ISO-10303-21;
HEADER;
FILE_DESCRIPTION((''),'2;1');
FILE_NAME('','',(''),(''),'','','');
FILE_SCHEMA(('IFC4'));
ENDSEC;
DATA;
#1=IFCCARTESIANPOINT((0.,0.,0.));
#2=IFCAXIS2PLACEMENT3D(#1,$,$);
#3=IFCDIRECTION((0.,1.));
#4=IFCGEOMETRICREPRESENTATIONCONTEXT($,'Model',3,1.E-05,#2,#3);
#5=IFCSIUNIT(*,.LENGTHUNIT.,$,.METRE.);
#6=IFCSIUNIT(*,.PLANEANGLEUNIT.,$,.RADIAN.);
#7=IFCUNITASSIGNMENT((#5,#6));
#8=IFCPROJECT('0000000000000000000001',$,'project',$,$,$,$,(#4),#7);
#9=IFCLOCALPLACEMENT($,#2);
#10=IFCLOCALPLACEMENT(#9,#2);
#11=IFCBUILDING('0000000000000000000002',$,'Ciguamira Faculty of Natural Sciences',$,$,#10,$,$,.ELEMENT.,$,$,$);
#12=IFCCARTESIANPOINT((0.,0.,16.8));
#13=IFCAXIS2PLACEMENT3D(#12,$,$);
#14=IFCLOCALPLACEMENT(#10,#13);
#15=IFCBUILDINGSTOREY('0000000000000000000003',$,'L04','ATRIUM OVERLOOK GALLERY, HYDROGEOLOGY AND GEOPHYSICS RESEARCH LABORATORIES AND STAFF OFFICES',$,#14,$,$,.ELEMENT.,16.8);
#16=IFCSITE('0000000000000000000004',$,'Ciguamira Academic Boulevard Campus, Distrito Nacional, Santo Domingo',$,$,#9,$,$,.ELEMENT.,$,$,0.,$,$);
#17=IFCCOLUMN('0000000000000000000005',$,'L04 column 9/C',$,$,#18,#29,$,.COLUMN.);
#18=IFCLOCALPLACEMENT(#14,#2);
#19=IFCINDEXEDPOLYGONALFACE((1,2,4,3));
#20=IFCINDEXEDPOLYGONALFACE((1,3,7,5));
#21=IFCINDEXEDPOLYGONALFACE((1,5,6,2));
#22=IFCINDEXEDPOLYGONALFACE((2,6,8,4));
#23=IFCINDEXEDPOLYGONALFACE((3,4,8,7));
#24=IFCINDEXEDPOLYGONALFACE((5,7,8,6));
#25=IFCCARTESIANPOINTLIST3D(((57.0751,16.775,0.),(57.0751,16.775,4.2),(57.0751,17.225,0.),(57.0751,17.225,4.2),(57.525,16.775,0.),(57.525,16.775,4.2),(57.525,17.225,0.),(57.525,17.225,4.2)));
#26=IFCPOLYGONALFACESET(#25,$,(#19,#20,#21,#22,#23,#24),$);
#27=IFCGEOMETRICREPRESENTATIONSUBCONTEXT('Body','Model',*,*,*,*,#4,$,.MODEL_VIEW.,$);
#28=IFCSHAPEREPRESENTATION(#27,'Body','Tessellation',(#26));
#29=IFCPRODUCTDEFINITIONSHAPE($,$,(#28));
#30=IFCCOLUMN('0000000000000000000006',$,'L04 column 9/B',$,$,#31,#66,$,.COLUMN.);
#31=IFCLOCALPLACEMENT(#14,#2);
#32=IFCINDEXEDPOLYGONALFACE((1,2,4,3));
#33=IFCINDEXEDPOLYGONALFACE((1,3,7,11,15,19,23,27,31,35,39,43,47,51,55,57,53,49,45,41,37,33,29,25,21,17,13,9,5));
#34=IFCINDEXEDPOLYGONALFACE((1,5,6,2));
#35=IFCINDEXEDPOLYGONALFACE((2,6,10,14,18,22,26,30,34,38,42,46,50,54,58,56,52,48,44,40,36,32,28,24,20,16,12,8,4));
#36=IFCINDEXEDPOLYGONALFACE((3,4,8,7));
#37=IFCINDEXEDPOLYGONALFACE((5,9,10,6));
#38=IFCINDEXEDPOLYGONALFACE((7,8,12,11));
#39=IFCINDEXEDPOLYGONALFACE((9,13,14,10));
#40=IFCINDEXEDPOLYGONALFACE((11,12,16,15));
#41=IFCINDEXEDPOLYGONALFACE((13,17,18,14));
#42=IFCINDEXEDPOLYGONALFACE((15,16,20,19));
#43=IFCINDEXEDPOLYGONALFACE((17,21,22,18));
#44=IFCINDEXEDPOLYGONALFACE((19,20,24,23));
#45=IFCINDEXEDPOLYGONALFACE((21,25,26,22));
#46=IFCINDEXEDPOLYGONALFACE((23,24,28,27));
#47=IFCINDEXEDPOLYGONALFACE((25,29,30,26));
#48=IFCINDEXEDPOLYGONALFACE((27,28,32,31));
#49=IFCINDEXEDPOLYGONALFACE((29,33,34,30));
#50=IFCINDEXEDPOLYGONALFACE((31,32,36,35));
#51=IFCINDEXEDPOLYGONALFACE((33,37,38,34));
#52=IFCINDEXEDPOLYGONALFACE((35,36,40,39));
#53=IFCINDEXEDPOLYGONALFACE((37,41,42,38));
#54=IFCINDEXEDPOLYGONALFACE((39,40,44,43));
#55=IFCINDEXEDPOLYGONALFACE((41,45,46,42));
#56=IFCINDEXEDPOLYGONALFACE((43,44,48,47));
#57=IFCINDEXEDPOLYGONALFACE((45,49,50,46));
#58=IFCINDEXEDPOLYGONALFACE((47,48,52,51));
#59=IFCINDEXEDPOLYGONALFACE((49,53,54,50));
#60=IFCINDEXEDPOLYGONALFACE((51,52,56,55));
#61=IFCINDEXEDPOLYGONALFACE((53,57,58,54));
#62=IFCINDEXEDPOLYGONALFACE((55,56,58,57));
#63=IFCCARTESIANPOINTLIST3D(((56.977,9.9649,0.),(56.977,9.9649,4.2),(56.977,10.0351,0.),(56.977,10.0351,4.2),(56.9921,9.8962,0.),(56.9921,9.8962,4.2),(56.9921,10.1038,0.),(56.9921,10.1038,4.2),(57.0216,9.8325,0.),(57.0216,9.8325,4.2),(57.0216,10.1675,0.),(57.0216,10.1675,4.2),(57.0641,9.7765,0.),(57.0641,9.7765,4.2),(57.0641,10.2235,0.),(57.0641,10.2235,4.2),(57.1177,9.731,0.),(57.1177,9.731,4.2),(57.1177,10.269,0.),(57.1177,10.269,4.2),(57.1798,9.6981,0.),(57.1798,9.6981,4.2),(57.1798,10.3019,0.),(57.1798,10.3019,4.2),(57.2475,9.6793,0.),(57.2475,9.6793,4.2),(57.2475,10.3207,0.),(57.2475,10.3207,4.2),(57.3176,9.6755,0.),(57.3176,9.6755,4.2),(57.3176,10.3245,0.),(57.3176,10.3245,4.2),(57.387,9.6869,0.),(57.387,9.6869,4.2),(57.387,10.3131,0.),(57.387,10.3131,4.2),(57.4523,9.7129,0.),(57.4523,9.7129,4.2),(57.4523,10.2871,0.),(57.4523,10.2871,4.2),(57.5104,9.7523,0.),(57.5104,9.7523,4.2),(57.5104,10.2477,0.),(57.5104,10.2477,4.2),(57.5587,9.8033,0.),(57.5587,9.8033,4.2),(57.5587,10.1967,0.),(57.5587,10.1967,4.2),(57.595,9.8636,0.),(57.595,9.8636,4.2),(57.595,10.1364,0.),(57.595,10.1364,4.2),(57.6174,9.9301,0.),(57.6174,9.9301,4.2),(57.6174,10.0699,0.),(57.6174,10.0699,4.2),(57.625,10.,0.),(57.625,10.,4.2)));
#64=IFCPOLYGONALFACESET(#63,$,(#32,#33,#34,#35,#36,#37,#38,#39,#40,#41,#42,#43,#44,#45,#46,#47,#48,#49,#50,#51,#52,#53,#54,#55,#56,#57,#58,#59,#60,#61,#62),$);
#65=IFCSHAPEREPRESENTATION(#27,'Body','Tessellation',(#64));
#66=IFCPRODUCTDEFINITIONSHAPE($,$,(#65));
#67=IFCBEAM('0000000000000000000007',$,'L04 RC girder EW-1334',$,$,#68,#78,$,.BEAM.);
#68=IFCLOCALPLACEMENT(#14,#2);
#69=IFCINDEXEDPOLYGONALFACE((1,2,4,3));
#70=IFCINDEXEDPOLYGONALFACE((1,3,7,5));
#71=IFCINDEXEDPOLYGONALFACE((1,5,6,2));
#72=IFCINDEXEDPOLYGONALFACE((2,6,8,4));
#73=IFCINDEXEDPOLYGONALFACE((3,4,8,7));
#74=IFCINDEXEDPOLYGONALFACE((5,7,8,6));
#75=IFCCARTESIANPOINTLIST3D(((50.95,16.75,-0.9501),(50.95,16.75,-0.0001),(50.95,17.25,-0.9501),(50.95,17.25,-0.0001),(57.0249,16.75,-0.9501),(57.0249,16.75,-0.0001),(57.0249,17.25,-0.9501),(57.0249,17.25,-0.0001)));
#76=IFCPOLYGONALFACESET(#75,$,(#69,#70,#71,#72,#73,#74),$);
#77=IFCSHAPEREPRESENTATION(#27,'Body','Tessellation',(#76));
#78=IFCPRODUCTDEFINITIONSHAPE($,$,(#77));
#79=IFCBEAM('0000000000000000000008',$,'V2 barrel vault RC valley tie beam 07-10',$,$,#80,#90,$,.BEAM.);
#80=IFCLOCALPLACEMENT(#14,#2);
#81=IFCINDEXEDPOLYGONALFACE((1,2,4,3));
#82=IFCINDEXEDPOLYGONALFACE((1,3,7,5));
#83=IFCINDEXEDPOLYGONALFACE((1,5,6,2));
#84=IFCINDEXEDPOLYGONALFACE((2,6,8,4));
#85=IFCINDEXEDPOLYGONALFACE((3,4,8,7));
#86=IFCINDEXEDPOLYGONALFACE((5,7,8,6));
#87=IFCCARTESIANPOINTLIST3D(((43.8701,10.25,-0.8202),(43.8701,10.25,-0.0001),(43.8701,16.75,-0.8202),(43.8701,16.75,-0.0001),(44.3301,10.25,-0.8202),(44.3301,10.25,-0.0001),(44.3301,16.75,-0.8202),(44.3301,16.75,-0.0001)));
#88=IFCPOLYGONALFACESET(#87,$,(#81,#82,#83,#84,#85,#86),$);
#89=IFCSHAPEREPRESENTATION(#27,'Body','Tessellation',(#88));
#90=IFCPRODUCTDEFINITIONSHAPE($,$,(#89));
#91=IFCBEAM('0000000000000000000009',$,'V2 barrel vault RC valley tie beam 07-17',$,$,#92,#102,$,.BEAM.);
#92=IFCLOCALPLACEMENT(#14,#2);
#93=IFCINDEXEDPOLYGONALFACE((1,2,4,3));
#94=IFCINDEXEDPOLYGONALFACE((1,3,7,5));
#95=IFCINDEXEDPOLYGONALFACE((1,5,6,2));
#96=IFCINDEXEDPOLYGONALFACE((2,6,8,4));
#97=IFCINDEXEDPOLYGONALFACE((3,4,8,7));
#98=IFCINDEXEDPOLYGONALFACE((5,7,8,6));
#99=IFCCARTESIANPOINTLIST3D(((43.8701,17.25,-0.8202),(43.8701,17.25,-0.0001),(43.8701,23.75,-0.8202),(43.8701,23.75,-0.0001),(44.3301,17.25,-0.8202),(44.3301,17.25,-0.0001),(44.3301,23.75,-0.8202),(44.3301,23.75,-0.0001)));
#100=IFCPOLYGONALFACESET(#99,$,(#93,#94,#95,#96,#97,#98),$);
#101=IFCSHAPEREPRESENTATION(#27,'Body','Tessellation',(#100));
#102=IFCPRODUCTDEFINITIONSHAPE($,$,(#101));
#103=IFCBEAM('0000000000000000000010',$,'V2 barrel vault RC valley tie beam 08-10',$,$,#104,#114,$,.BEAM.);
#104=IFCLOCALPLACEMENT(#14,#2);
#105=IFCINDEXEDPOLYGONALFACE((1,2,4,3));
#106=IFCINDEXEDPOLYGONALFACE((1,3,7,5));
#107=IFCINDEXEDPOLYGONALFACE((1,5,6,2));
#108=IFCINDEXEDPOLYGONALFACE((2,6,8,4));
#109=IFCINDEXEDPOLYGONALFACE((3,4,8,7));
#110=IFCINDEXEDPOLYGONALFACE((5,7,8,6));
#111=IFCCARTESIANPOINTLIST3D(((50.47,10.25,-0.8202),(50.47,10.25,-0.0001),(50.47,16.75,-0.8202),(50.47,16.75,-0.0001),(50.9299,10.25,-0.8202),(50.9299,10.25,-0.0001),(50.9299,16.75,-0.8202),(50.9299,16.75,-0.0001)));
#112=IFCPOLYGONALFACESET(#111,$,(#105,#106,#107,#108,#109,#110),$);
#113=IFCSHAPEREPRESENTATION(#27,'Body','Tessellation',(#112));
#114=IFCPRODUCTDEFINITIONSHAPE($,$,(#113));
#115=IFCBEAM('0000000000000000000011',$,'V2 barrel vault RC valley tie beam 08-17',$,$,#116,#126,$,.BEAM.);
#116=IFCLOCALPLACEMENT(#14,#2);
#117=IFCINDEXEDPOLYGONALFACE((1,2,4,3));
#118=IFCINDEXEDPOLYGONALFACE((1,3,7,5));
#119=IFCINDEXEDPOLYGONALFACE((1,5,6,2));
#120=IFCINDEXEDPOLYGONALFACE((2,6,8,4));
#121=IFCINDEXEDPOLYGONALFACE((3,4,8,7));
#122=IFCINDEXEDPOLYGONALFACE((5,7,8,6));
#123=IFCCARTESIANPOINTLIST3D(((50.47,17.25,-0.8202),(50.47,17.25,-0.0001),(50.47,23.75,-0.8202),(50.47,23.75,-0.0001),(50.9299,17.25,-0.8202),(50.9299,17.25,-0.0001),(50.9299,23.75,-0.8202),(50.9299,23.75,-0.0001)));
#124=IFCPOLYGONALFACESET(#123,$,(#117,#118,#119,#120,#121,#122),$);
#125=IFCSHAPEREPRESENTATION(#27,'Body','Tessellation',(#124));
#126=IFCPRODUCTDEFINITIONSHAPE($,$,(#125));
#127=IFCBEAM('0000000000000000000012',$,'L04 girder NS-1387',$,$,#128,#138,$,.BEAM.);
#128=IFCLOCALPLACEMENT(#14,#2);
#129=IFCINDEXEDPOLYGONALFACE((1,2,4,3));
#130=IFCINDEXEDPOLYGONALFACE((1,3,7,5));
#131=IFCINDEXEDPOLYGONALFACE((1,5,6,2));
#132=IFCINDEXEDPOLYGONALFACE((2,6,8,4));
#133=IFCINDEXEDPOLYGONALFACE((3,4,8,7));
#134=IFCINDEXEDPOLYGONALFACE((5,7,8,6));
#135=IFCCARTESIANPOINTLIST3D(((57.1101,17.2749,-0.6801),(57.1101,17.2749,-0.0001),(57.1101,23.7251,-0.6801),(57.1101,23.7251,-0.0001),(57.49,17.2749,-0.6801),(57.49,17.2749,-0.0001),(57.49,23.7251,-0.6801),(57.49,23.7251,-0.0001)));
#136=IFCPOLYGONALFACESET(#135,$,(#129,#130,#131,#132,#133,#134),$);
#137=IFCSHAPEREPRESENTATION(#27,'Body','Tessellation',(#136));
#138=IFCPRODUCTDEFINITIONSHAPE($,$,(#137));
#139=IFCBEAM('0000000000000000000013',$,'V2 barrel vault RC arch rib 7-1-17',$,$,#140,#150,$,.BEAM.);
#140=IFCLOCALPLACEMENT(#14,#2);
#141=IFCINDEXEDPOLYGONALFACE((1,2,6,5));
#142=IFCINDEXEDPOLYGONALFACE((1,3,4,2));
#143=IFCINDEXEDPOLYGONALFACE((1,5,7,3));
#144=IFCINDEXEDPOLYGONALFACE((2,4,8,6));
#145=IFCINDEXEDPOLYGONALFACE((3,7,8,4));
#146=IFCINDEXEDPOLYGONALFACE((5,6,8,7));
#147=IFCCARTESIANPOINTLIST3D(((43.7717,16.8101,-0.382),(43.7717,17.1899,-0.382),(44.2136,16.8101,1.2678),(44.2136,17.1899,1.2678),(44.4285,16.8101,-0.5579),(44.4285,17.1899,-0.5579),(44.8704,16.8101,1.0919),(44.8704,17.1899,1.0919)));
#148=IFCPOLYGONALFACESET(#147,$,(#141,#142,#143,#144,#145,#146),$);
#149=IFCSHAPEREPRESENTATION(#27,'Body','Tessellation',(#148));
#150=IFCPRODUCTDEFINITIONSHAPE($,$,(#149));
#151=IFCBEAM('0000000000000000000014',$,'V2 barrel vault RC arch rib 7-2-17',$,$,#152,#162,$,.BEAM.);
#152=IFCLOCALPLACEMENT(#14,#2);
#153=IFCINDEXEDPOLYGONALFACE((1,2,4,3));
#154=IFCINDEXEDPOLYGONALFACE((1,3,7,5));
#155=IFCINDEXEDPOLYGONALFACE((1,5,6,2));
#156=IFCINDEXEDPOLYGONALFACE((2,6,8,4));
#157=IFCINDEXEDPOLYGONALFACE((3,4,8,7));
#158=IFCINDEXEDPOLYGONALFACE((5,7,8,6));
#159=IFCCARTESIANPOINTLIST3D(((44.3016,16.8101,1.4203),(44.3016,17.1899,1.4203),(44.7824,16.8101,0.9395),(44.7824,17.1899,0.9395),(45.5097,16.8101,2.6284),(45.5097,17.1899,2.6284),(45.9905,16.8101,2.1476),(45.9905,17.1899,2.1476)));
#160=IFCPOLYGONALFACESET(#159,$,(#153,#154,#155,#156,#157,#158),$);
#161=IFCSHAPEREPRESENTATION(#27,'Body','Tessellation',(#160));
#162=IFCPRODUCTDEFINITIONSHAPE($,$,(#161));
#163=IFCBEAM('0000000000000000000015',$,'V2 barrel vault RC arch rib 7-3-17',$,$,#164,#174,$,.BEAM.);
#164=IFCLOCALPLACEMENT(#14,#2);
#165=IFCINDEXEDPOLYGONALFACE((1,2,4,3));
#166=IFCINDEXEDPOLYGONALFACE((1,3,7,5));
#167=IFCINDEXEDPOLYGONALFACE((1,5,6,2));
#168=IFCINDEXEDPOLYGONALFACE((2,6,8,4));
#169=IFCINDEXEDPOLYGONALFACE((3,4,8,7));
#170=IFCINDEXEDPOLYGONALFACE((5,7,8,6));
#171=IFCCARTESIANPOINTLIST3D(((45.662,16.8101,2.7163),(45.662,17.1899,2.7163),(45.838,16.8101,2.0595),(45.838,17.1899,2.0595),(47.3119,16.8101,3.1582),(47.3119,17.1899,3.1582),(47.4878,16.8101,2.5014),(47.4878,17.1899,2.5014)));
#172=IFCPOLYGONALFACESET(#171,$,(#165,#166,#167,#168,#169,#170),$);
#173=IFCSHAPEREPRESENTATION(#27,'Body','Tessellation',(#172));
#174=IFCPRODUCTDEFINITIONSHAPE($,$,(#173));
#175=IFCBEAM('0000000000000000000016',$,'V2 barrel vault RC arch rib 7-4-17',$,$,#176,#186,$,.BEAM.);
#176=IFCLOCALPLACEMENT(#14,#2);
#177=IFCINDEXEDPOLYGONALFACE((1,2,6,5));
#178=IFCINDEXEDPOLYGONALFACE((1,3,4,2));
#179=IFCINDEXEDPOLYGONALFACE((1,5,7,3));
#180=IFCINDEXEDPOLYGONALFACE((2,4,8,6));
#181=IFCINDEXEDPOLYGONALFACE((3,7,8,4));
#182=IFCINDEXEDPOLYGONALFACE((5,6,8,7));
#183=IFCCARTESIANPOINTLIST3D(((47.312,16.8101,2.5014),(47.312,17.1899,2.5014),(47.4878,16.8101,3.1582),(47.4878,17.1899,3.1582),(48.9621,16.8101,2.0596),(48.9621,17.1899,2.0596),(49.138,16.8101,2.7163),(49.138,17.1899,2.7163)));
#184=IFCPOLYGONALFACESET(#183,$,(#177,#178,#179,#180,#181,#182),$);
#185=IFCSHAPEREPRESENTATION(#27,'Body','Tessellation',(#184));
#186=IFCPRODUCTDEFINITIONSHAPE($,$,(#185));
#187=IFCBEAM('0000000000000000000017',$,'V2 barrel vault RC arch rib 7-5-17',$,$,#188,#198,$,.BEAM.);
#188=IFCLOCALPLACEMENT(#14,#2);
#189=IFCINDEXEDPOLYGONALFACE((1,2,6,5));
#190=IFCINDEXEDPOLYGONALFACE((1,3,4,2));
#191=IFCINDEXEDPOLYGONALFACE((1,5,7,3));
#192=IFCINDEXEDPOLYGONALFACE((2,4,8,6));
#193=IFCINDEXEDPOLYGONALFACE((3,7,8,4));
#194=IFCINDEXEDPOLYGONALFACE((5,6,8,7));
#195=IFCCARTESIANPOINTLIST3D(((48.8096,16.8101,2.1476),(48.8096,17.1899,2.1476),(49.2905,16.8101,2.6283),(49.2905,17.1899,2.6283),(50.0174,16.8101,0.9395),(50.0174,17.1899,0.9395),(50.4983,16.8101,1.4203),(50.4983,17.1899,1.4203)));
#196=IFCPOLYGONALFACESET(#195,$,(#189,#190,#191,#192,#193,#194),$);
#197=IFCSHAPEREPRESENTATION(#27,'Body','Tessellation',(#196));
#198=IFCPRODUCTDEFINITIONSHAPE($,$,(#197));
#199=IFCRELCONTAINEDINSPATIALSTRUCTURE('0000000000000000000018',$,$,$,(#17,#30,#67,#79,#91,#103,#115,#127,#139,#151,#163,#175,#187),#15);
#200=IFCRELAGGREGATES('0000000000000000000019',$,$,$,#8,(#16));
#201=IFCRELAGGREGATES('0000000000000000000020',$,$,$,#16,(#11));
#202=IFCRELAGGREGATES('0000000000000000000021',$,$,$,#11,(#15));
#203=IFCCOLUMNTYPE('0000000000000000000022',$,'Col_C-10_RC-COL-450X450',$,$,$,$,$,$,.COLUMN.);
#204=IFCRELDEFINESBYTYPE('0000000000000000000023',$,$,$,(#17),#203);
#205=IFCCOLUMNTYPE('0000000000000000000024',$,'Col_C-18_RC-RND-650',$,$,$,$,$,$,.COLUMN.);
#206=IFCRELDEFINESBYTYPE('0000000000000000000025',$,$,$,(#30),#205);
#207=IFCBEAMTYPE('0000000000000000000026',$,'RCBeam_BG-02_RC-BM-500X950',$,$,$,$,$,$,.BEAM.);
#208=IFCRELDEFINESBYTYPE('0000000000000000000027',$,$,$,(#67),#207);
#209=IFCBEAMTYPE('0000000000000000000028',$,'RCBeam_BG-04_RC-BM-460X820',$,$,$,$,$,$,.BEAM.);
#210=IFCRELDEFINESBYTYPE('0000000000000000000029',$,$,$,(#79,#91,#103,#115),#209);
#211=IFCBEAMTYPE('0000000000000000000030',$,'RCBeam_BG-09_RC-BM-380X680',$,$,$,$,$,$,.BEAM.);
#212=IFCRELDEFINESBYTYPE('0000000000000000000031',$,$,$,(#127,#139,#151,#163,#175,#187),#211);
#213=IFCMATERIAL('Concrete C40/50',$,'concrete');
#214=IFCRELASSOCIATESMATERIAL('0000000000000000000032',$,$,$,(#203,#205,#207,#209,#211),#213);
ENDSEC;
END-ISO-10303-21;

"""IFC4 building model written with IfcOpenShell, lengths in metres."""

from ifc_helpers import new_model, si_unit, direction, frame, origin, origin_2d, place, context, subcontext, project, spatial, rectangle, circle, extrude, material, material_profile, profile_set, type_object, element, save


model = new_model("IFC4")

# Units and contexts
model_context = context("Model", 3, precision=1e-05, world=origin(), true_north=direction((0.0, 1.0)))
body_context = subcontext(model_context, "Body", "Model", "MODEL_VIEW")
ifc_project = project(units=[si_unit("LENGTHUNIT", "METRE"), si_unit("PLANEANGLEUNIT", "RADIAN")], contexts=[model_context])

# Site, building, storey
site_placement = place(None, origin())
site = spatial("IfcSite", under=ifc_project, at=site_placement, Name="Ciguamira Academic Boulevard Campus, Distrito Nacional, Santo Domingo", CompositionType="ELEMENT", RefElevation=0.0)
building_placement = place(site_placement, origin())
building = spatial("IfcBuilding", under=site, at=building_placement, Name="Ciguamira Faculty of Natural Sciences", CompositionType="ELEMENT")
storey_placement = place(building_placement, frame((0.0, 0.0, 16.8)))
storey = spatial("IfcBuildingStorey", under=building, at=storey_placement, Name="L04", Description="ATRIUM OVERLOOK GALLERY, HYDROGEOLOGY AND GEOPHYSICS RESEARCH LABORATORIES AND STAFF OFFICES", CompositionType="ELEMENT", Elevation=16.8)

# Columns
ifc_material_1 = material(Name="Concrete C40/50", Category="concrete")
ifc_material_profile_1 = material_profile(ifc_material_1, rectangle(XDim=0.45, YDim=0.45, at=origin_2d()), Name="RC-COL-450X450")
ifc_profile_set_1 = profile_set([ifc_material_profile_1], Name="Concrete C40/50")
column_type_1 = type_object("IfcColumnType", Name="Col_C-10_RC-COL-450X450", PredefinedType="COLUMN", material=ifc_profile_set_1)
column_1_placement = place(storey_placement, frame((57.3, 17.0, 0.0), z_axis=(0.0, 0.0, 1.0), x_axis=(1.0, 0.0, 0.0)))
element("IfcColumn", 1, at=column_1_placement, inside=storey, type_object=column_type_1, Name="L04 column 9/C", PredefinedType="COLUMN", context=body_context, shape_type="SweptSolid", body=[
    extrude(rectangle(XDim=0.45, YDim=0.45, at=origin_2d()), origin(), (0.0, 0.0, 1.0), 4.2),
])
ifc_material_profile_2 = material_profile(ifc_material_1, circle(Radius=0.325, at=origin_2d()), Name="RC-RND-650")
ifc_profile_set_2 = profile_set([ifc_material_profile_2], Name="Concrete C40/50")
column_type_2 = type_object("IfcColumnType", Name="Col_C-18_RC-RND-650", PredefinedType="COLUMN", material=ifc_profile_set_2)
column_2_placement = place(storey_placement, frame((57.3, 10.0, 0.0), z_axis=(0.0, 0.0, 1.0), x_axis=(1.0, 0.0, 0.0)))
element("IfcColumn", 2, at=column_2_placement, inside=storey, type_object=column_type_2, Name="L04 column 9/B", PredefinedType="COLUMN", context=body_context, shape_type="SweptSolid", body=[
    extrude(circle(Radius=0.325, at=origin_2d()), origin(), (0.0, 0.0, 1.0), 4.2),
])

# Beams
ifc_material_profile_3 = material_profile(ifc_material_1, rectangle(XDim=0.5, YDim=0.95, at=origin_2d()), Name="RC-BM-500X950")
ifc_profile_set_3 = profile_set([ifc_material_profile_3], Name="Concrete C40/50")
beam_type_1 = type_object("IfcBeamType", Name="RCBeam_BG-02_RC-BM-500X950", PredefinedType="BEAM", material=ifc_profile_set_3)
beam_1_placement = place(storey_placement, frame((50.95, 17.0, -0.4751), z_axis=(1.0, 0.0, 0.0), x_axis=(0.0, 1.0, 0.0)))
element("IfcBeam", 3, at=beam_1_placement, inside=storey, type_object=beam_type_1, Name="L04 RC girder EW-1334", PredefinedType="BEAM", context=body_context, shape_type="SweptSolid", body=[
    extrude(rectangle(XDim=0.5, YDim=0.95, at=origin_2d()), origin(), (0.0, 0.0, 1.0), 6.075),
])
ifc_material_profile_4 = material_profile(ifc_material_1, rectangle(XDim=0.46, YDim=0.8201, at=origin_2d()), Name="RC-BM-460X820")
ifc_profile_set_4 = profile_set([ifc_material_profile_4], Name="Concrete C40/50")
beam_type_2 = type_object("IfcBeamType", Name="RCBeam_BG-04_RC-BM-460X820", PredefinedType="BEAM", material=ifc_profile_set_4)
for number, where, z_axis, x_axis, name in (
    (4, (44.1001, 10.25, -0.4102), (0.0, 1.0, 0.0), (-1.0, 0.0, 0.0), "V2 barrel vault RC valley tie beam 07-10"),
    (5, (44.1001, 17.25, -0.4102), (0.0, 1.0, 0.0), (-1.0, 0.0, 0.0), "V2 barrel vault RC valley tie beam 07-17"),
    (6, (50.7, 10.25, -0.4102), (0.0, 1.0, 0.0), (-1.0, 0.0, 0.0), "V2 barrel vault RC valley tie beam 08-10"),
    (7, (50.7, 17.25, -0.4102), (0.0, 1.0, 0.0), (-1.0, 0.0, 0.0), "V2 barrel vault RC valley tie beam 08-17"),
):
    element("IfcBeam", number, at=place(storey_placement, frame(where, z_axis=z_axis, x_axis=x_axis)), inside=storey, type_object=beam_type_2, Name=name, PredefinedType="BEAM", context=body_context, shape_type="SweptSolid", body=[
        extrude(rectangle(XDim=0.46, YDim=0.8201, at=origin_2d()), origin(), (0.0, 0.0, 1.0), 6.5),
    ])
ifc_material_profile_5 = material_profile(ifc_material_1, rectangle(XDim=0.3799, YDim=0.6799, at=origin_2d()), Name="RC-BM-380X680")
ifc_profile_set_5 = profile_set([ifc_material_profile_5], Name="Concrete C40/50")
beam_type_3 = type_object("IfcBeamType", Name="RCBeam_BG-09_RC-BM-380X680", PredefinedType="BEAM", material=ifc_profile_set_5)
beam_2_placement = place(storey_placement, frame((57.3, 17.2749, -0.3401), z_axis=(0.0, 1.0, 0.0), x_axis=(-1.0, 0.0, 0.0)))
element("IfcBeam", 8, at=beam_2_placement, inside=storey, type_object=beam_type_3, Name="L04 girder NS-1387", PredefinedType="BEAM", context=body_context, shape_type="SweptSolid", body=[
    extrude(rectangle(XDim=0.3799, YDim=0.6799, at=origin_2d()), origin(), (0.0, 0.0, 1.0), 6.4502),
])
beam_3_placement = place(storey_placement, frame((44.1001, 17.0, -0.47), z_axis=(0.258712, 0.0, 0.965954), x_axis=(0.0, 1.0, 0.0)))
element("IfcBeam", 9, at=beam_3_placement, inside=storey, type_object=beam_type_3, Name="V2 barrel vault RC arch rib 7-1-17", PredefinedType="BEAM", context=body_context, shape_type="SweptSolid", body=[
    extrude(rectangle(XDim=0.3799, YDim=0.6799, at=origin_2d()), origin(), (0.0, 0.0, 1.0), 1.708),
])
beam_4_placement = place(storey_placement, frame((44.542, 17.0, 1.1799), z_axis=(0.707107, 0.0, 0.707107), x_axis=(0.0, 1.0, 0.0)))
element("IfcBeam", 10, at=beam_4_placement, inside=storey, type_object=beam_type_3, Name="V2 barrel vault RC arch rib 7-2-17", PredefinedType="BEAM", context=body_context, shape_type="SweptSolid", body=[
    extrude(rectangle(XDim=0.3799, YDim=0.6799, at=origin_2d()), origin(), (0.0, 0.0, 1.0), 1.7085),
])
beam_5_placement = place(storey_placement, frame((45.75, 17.0, 2.3879), z_axis=(0.965954, 0.0, 0.258712), x_axis=(0.0, 1.0, 0.0)))
element("IfcBeam", 11, at=beam_5_placement, inside=storey, type_object=beam_type_3, Name="V2 barrel vault RC arch rib 7-3-17", PredefinedType="BEAM", context=body_context, shape_type="SweptSolid", body=[
    extrude(rectangle(XDim=0.3799, YDim=0.6799, at=origin_2d()), origin(), (0.0, 0.0, 1.0), 1.708),
])
for number, where, z_axis, x_axis, name in (
    (12, (47.3999, 17.0, 2.8298), (0.965964, 0.0, -0.258677), (0.0, 1.0, 0.0), "V2 barrel vault RC arch rib 7-4-17"),
    (13, (49.05, 17.0, 2.3879), (0.707035, 0.0, -0.707178), (0.0, 1.0, 0.0), "V2 barrel vault RC arch rib 7-5-17"),
):
    element("IfcBeam", number, at=place(storey_placement, frame(where, z_axis=z_axis, x_axis=x_axis)), inside=storey, type_object=beam_type_3, Name=name, PredefinedType="BEAM", context=body_context, shape_type="SweptSolid", body=[
        extrude(rectangle(XDim=0.3799, YDim=0.6799, at=origin_2d()), origin(), (0.0, 0.0, 1.0), 1.7083),
    ])

save(model, "model.ifc")
